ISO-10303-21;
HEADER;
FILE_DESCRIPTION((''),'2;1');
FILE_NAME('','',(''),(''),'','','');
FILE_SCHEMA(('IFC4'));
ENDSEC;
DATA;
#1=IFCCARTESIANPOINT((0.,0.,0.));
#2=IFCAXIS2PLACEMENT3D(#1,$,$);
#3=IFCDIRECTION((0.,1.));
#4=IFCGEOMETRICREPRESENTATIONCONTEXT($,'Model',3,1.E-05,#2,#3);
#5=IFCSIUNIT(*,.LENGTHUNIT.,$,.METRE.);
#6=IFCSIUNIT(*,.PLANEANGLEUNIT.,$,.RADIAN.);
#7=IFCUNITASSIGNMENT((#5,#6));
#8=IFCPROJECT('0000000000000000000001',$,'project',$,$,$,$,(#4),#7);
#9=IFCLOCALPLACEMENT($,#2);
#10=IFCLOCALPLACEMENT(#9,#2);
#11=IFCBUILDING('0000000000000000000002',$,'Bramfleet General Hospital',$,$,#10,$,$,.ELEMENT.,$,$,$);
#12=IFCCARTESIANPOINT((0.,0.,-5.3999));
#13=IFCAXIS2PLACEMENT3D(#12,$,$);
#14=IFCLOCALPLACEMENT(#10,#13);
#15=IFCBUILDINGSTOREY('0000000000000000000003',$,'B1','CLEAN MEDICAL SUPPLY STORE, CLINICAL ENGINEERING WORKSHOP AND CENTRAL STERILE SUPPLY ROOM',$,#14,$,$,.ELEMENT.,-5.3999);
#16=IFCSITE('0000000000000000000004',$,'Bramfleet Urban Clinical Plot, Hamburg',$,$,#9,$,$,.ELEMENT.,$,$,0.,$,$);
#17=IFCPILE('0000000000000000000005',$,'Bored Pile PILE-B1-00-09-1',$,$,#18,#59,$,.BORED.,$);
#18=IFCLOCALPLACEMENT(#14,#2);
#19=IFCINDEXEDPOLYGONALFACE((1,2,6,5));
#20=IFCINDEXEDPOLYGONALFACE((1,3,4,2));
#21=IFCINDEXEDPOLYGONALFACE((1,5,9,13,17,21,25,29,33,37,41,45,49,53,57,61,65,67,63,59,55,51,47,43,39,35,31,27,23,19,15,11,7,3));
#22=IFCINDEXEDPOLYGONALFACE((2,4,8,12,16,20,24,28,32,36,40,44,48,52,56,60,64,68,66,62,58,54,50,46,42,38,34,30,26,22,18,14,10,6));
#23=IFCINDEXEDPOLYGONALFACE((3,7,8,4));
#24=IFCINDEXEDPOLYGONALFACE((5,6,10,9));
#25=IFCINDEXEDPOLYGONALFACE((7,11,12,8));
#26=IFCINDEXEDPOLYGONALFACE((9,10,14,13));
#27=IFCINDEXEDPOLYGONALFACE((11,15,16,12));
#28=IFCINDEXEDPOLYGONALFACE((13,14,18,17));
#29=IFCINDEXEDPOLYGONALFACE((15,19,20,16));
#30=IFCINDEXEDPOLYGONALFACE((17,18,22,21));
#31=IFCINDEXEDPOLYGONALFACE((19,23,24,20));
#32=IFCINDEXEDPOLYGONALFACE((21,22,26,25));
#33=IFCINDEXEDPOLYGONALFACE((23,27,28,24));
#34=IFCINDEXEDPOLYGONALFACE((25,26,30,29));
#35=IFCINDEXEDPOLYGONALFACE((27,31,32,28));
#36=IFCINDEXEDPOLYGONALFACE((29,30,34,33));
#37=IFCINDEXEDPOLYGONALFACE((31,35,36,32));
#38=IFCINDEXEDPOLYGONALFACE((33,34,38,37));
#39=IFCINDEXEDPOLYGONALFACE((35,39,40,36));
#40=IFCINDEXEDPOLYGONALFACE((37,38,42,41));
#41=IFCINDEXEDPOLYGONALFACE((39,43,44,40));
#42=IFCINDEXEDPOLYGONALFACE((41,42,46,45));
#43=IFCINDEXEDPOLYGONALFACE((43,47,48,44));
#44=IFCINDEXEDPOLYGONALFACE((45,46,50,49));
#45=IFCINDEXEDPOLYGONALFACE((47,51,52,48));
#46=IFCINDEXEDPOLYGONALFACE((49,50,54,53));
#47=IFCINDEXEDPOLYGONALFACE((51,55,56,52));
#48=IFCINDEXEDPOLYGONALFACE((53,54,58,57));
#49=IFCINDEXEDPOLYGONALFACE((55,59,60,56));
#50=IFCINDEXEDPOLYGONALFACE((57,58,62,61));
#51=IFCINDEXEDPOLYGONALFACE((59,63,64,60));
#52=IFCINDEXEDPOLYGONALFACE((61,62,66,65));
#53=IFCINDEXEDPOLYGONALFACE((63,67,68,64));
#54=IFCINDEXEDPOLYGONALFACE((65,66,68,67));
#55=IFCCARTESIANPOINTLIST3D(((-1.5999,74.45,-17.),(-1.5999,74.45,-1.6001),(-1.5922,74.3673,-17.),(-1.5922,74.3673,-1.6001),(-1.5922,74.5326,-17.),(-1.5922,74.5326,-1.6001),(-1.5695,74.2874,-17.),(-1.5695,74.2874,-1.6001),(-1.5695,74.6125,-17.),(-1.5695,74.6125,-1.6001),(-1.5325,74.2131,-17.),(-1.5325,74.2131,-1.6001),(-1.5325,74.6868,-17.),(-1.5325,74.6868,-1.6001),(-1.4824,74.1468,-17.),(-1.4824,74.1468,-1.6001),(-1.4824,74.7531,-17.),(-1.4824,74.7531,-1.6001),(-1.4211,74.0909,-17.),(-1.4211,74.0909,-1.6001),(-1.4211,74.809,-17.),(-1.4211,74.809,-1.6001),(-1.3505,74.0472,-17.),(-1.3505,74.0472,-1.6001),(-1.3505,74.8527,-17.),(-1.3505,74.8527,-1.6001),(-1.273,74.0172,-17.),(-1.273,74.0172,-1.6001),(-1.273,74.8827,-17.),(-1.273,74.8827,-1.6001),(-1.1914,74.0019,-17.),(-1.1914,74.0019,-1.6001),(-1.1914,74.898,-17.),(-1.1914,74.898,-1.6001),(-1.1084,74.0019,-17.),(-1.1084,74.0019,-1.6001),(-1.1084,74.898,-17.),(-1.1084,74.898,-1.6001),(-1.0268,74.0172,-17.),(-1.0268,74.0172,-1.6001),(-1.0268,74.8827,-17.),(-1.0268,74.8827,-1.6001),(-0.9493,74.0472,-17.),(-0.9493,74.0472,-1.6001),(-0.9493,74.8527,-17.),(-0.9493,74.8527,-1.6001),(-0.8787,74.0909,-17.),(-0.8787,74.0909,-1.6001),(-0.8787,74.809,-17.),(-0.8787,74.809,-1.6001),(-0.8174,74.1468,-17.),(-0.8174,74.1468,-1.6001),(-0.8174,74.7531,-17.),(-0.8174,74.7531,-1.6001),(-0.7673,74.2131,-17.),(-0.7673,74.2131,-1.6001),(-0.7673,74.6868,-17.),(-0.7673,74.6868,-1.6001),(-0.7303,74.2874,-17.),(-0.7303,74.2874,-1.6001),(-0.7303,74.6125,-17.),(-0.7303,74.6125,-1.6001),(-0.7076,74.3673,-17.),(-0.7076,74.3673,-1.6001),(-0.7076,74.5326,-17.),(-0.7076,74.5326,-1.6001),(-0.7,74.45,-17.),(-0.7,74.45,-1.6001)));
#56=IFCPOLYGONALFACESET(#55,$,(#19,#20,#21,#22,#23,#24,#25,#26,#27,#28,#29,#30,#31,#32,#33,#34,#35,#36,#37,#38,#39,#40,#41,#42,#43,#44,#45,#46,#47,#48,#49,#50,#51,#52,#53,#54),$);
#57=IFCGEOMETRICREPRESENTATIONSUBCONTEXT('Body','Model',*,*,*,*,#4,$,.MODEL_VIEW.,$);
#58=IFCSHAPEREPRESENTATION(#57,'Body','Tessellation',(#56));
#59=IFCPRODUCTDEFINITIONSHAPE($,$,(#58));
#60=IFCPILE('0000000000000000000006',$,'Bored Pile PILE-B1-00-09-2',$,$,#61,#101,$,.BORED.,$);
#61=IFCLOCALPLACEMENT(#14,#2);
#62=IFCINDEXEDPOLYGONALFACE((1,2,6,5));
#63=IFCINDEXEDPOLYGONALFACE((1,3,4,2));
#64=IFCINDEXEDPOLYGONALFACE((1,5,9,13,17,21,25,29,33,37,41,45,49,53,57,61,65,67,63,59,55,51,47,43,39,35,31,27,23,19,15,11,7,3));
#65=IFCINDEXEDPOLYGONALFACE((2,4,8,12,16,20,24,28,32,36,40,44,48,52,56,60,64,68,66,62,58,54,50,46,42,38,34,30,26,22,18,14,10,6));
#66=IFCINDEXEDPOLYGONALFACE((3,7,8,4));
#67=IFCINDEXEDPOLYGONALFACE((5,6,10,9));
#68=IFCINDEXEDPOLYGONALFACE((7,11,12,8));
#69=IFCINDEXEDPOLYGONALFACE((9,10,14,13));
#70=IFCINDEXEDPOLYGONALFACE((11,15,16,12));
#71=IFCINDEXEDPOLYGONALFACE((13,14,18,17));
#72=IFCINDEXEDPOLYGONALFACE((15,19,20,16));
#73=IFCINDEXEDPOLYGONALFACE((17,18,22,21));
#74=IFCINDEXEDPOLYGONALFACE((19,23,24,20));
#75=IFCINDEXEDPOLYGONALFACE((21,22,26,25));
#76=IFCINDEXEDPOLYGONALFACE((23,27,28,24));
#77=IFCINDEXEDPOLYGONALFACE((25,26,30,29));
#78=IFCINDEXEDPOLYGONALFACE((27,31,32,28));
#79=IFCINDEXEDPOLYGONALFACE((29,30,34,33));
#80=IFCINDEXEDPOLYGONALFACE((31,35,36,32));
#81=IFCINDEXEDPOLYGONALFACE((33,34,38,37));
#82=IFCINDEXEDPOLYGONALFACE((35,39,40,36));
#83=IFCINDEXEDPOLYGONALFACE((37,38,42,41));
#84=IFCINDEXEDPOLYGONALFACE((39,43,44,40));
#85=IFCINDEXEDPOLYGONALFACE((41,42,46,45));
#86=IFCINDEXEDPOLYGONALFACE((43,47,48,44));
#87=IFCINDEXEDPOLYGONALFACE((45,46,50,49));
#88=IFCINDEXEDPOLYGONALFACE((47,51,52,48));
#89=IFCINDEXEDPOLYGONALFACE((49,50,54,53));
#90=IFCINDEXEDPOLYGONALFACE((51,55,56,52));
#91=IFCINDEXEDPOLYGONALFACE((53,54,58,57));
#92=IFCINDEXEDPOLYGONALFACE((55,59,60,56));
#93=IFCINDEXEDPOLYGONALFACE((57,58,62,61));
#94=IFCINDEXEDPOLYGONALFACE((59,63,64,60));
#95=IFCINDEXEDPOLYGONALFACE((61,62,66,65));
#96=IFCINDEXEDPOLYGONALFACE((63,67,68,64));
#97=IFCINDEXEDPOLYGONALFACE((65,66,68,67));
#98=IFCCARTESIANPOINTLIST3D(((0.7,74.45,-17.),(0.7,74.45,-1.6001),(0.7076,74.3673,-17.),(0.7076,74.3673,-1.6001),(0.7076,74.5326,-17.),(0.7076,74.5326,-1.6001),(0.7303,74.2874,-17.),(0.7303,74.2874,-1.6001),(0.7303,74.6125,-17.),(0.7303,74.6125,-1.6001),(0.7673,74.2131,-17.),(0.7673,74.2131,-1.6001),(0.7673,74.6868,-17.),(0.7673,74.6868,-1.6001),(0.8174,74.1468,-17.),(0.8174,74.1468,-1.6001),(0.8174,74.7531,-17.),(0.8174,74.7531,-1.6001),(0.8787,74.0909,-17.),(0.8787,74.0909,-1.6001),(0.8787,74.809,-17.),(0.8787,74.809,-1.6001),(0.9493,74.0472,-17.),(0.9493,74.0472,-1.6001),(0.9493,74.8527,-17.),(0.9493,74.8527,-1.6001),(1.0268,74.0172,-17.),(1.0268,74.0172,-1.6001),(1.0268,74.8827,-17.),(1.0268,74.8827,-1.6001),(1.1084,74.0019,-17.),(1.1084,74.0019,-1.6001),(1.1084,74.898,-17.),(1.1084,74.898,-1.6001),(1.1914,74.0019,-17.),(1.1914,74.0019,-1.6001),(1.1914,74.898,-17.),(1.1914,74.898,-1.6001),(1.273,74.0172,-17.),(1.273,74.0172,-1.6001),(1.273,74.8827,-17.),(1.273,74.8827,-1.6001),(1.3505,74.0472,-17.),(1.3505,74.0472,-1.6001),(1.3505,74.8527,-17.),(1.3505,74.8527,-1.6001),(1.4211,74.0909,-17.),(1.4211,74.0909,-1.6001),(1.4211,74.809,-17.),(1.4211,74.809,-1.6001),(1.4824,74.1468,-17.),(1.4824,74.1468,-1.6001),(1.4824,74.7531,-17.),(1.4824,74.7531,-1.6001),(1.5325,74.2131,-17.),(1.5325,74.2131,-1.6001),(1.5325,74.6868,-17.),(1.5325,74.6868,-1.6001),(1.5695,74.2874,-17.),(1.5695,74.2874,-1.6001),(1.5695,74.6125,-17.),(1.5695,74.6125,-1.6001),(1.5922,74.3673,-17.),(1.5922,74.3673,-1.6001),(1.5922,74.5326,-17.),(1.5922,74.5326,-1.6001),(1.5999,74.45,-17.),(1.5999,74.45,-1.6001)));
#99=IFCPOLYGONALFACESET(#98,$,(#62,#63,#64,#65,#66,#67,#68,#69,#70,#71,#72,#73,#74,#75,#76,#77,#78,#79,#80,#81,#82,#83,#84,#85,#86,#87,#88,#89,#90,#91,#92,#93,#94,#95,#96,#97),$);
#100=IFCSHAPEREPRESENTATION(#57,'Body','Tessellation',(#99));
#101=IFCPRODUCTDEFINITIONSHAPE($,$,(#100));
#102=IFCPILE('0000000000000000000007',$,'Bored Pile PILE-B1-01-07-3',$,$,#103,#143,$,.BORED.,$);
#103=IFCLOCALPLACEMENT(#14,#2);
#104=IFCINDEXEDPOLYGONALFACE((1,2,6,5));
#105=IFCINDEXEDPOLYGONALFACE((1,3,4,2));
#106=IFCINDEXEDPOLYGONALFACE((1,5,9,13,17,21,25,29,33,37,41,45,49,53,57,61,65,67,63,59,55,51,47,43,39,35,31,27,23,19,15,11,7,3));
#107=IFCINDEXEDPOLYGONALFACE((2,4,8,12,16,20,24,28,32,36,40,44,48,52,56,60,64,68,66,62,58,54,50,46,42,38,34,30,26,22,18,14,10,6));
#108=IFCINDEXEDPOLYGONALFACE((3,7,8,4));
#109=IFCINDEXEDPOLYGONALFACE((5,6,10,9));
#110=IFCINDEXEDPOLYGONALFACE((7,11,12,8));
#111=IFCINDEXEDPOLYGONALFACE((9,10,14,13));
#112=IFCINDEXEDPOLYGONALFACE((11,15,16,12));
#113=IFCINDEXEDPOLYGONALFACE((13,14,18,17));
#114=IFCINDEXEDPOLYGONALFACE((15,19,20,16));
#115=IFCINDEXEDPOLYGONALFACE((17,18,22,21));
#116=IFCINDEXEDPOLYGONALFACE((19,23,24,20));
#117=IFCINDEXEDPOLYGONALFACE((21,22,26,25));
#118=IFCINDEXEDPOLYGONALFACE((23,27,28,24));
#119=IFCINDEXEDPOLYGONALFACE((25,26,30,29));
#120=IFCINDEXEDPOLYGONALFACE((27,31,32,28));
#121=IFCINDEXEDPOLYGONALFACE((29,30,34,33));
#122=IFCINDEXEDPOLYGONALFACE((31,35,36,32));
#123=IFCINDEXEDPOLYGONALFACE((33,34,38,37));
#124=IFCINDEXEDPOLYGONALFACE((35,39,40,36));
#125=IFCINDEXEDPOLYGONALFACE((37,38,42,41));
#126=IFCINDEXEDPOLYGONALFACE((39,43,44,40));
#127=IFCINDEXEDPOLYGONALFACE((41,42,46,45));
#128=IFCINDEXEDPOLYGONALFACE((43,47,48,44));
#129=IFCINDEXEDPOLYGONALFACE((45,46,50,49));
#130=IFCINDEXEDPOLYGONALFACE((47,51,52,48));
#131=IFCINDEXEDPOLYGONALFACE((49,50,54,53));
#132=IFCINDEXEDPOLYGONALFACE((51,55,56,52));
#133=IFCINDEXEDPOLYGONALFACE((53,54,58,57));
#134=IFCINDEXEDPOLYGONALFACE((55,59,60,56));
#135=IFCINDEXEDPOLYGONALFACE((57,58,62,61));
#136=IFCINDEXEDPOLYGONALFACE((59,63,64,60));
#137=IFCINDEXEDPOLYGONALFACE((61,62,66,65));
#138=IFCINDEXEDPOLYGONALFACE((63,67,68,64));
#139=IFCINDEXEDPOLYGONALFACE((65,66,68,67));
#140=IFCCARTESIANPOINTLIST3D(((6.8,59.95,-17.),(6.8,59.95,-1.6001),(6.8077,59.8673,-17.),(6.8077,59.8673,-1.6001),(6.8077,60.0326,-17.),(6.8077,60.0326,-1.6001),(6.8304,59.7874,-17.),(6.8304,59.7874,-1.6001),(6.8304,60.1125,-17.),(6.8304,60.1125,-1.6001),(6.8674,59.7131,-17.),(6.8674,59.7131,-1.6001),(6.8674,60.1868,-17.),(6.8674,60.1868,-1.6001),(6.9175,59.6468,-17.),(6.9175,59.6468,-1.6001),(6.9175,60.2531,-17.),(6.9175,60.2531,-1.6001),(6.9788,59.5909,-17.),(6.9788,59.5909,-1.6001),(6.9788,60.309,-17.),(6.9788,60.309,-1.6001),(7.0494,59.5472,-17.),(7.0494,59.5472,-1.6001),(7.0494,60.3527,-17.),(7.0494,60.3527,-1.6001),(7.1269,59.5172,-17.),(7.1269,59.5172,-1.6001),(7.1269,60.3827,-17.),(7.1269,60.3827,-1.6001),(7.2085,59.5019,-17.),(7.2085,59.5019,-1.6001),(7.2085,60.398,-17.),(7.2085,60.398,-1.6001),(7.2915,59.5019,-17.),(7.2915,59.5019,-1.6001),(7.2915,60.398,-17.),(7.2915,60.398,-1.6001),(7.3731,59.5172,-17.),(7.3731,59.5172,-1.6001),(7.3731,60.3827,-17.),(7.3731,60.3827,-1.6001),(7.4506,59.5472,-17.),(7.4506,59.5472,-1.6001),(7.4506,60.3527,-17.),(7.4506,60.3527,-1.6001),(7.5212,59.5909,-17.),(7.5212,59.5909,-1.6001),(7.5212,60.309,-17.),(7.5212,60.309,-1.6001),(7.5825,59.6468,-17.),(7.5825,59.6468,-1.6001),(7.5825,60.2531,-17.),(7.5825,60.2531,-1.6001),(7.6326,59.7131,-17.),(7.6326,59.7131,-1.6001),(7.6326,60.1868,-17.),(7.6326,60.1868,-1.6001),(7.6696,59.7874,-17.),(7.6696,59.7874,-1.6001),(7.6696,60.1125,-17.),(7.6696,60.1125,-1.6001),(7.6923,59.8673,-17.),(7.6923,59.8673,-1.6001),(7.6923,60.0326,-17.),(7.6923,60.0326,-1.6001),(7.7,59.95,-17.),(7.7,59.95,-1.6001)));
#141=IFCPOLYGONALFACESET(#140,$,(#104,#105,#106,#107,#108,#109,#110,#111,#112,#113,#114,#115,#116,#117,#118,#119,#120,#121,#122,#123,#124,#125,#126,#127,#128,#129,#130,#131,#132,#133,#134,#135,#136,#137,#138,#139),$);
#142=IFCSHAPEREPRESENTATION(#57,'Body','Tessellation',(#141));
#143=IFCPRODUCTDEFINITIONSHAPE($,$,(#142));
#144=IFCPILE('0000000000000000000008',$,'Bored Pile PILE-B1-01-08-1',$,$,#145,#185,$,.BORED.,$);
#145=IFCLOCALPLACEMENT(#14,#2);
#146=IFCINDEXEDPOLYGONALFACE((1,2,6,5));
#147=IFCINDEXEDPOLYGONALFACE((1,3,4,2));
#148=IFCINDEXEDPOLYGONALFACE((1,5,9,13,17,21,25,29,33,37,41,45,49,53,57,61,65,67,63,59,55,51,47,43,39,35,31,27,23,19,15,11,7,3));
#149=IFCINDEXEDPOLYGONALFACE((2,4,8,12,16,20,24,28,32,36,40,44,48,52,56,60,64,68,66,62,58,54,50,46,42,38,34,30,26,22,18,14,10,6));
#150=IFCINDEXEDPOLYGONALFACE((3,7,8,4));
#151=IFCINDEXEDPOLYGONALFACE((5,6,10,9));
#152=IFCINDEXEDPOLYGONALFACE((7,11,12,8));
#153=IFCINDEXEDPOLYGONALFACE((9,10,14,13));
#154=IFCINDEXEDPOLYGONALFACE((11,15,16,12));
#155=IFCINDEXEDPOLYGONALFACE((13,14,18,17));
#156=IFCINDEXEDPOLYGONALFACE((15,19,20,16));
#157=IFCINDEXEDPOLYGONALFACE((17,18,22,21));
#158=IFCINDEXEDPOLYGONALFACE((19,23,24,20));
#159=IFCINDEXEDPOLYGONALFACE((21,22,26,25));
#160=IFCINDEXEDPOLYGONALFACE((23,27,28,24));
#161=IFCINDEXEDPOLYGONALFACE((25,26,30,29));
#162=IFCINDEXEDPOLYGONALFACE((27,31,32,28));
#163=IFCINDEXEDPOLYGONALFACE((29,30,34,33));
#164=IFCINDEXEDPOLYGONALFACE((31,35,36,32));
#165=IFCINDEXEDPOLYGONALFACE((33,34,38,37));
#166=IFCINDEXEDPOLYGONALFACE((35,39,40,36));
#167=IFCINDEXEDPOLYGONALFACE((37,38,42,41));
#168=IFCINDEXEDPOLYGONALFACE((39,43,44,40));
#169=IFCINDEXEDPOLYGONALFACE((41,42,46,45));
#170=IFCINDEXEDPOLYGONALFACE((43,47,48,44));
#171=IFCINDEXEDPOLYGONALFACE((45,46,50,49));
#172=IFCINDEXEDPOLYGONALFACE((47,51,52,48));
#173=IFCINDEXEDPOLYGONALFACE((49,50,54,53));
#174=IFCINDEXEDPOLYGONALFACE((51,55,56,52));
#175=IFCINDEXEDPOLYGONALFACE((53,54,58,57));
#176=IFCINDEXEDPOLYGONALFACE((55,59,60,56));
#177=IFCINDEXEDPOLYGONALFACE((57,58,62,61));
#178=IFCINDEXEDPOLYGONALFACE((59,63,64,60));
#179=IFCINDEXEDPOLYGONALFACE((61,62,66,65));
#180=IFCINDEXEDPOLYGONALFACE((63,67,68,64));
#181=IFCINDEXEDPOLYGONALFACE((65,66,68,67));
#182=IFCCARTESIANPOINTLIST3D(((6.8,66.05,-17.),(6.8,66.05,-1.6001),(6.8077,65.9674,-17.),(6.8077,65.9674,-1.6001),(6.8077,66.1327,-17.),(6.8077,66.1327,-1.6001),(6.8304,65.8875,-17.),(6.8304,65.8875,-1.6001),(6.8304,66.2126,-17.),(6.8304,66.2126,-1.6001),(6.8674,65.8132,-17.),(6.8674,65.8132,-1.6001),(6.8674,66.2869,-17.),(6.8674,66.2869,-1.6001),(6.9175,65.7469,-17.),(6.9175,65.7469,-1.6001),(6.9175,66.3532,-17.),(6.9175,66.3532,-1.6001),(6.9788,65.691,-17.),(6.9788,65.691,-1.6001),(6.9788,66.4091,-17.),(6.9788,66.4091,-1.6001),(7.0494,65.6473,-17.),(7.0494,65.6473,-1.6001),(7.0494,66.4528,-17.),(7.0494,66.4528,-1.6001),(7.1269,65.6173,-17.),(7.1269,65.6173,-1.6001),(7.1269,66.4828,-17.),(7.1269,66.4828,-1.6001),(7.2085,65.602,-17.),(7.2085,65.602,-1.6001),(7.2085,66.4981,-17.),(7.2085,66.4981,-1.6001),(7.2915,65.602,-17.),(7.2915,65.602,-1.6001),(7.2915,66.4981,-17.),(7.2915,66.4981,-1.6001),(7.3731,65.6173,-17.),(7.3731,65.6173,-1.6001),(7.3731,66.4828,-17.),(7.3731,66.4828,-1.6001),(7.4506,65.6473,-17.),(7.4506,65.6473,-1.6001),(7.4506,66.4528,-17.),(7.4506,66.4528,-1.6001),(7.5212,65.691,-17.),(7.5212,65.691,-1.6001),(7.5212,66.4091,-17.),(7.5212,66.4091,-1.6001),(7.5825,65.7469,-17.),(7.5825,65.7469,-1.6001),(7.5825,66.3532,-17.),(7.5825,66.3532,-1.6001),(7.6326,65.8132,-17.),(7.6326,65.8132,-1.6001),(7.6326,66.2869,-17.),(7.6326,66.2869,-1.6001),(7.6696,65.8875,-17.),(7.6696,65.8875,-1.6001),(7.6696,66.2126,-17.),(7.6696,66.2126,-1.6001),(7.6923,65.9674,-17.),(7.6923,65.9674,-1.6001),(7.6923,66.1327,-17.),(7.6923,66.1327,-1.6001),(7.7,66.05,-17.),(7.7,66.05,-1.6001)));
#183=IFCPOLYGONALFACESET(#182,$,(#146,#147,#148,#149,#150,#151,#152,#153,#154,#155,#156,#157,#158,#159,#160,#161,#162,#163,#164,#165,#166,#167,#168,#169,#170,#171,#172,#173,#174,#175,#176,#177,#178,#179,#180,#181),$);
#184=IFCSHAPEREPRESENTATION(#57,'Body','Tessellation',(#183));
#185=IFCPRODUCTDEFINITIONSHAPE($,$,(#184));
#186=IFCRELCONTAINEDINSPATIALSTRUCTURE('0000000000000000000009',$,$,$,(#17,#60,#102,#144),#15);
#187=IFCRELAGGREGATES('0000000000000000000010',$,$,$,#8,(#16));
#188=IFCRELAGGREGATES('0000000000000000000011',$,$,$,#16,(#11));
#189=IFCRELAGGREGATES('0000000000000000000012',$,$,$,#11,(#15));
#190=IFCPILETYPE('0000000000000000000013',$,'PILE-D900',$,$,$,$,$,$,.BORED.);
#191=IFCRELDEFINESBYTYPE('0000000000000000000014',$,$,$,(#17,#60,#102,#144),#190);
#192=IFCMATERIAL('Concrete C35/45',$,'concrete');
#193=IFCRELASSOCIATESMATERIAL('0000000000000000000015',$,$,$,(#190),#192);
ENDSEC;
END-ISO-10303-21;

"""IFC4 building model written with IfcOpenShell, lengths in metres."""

from ifc_helpers import new_model, si_unit, direction, frame, origin, origin_2d, place, context, subcontext, project, spatial, circle, extrude, material, material_profile, profile_set, type_object, element, save


model = new_model("IFC4")

# Units and contexts
model_context = context("Model", 3, precision=1e-05, world=origin(), true_north=direction((0.0, 1.0)))
body_context = subcontext(model_context, "Body", "Model", "MODEL_VIEW")
ifc_project = project(units=[si_unit("LENGTHUNIT", "METRE"), si_unit("PLANEANGLEUNIT", "RADIAN")], contexts=[model_context])

# Site, building, storey
site_placement = place(None, origin())
site = spatial("IfcSite", under=ifc_project, at=site_placement, Name="Bramfleet Urban Clinical Plot, Hamburg", CompositionType="ELEMENT", RefElevation=0.0)
building_placement = place(site_placement, origin())
building = spatial("IfcBuilding", under=site, at=building_placement, Name="Bramfleet General Hospital", CompositionType="ELEMENT")
storey_placement = place(building_placement, frame((0.0, 0.0, -5.3999)))
storey = spatial("IfcBuildingStorey", under=building, at=storey_placement, Name="B1", Description="CLEAN MEDICAL SUPPLY STORE, CLINICAL ENGINEERING WORKSHOP AND CENTRAL STERILE SUPPLY ROOM", CompositionType="ELEMENT", Elevation=-5.3999)

# Shared definitions
ifc_material_1 = material(Name="Concrete C35/45", Category="concrete")

# Piles
ifc_material_profile_1 = material_profile(ifc_material_1, circle(Radius=0.45, at=origin_2d()), Name="PILE BORED D900")
ifc_profile_set_1 = profile_set([ifc_material_profile_1], Name="Concrete C35/45")
pile_type = type_object("IfcPileType", Name="PILE-D900", PredefinedType="BORED", material=ifc_profile_set_1)
for number, where, z_axis, x_axis, name in (
    (1, (-1.1499, 74.45, -1.6001), (0.0, 0.0, -1.0), (1.0, 0.0, 0.0), "Bored Pile PILE-B1-00-09-1"),
    (2, (1.1499, 74.45, -1.6001), (0.0, 0.0, -1.0), (1.0, 0.0, 0.0), "Bored Pile PILE-B1-00-09-2"),
    (3, (7.25, 59.95, -1.6001), (0.0, 0.0, -1.0), (1.0, 0.0, 0.0), "Bored Pile PILE-B1-01-07-3"),
    (4, (7.25, 66.05, -1.6001), (0.0, 0.0, -1.0), (1.0, 0.0, 0.0), "Bored Pile PILE-B1-01-08-1"),
):
    element("IfcPile", number, at=place(storey_placement, frame(where, z_axis=z_axis, x_axis=x_axis)), inside=storey, type_object=pile_type, Name=name, PredefinedType="BORED", context=body_context, shape_type="SweptSolid", body=[
        extrude(circle(Radius=0.45, at=origin_2d()), origin(), (0.0, 0.0, 1.0), 15.3999),
    ])

save(model, "model.ifc")
